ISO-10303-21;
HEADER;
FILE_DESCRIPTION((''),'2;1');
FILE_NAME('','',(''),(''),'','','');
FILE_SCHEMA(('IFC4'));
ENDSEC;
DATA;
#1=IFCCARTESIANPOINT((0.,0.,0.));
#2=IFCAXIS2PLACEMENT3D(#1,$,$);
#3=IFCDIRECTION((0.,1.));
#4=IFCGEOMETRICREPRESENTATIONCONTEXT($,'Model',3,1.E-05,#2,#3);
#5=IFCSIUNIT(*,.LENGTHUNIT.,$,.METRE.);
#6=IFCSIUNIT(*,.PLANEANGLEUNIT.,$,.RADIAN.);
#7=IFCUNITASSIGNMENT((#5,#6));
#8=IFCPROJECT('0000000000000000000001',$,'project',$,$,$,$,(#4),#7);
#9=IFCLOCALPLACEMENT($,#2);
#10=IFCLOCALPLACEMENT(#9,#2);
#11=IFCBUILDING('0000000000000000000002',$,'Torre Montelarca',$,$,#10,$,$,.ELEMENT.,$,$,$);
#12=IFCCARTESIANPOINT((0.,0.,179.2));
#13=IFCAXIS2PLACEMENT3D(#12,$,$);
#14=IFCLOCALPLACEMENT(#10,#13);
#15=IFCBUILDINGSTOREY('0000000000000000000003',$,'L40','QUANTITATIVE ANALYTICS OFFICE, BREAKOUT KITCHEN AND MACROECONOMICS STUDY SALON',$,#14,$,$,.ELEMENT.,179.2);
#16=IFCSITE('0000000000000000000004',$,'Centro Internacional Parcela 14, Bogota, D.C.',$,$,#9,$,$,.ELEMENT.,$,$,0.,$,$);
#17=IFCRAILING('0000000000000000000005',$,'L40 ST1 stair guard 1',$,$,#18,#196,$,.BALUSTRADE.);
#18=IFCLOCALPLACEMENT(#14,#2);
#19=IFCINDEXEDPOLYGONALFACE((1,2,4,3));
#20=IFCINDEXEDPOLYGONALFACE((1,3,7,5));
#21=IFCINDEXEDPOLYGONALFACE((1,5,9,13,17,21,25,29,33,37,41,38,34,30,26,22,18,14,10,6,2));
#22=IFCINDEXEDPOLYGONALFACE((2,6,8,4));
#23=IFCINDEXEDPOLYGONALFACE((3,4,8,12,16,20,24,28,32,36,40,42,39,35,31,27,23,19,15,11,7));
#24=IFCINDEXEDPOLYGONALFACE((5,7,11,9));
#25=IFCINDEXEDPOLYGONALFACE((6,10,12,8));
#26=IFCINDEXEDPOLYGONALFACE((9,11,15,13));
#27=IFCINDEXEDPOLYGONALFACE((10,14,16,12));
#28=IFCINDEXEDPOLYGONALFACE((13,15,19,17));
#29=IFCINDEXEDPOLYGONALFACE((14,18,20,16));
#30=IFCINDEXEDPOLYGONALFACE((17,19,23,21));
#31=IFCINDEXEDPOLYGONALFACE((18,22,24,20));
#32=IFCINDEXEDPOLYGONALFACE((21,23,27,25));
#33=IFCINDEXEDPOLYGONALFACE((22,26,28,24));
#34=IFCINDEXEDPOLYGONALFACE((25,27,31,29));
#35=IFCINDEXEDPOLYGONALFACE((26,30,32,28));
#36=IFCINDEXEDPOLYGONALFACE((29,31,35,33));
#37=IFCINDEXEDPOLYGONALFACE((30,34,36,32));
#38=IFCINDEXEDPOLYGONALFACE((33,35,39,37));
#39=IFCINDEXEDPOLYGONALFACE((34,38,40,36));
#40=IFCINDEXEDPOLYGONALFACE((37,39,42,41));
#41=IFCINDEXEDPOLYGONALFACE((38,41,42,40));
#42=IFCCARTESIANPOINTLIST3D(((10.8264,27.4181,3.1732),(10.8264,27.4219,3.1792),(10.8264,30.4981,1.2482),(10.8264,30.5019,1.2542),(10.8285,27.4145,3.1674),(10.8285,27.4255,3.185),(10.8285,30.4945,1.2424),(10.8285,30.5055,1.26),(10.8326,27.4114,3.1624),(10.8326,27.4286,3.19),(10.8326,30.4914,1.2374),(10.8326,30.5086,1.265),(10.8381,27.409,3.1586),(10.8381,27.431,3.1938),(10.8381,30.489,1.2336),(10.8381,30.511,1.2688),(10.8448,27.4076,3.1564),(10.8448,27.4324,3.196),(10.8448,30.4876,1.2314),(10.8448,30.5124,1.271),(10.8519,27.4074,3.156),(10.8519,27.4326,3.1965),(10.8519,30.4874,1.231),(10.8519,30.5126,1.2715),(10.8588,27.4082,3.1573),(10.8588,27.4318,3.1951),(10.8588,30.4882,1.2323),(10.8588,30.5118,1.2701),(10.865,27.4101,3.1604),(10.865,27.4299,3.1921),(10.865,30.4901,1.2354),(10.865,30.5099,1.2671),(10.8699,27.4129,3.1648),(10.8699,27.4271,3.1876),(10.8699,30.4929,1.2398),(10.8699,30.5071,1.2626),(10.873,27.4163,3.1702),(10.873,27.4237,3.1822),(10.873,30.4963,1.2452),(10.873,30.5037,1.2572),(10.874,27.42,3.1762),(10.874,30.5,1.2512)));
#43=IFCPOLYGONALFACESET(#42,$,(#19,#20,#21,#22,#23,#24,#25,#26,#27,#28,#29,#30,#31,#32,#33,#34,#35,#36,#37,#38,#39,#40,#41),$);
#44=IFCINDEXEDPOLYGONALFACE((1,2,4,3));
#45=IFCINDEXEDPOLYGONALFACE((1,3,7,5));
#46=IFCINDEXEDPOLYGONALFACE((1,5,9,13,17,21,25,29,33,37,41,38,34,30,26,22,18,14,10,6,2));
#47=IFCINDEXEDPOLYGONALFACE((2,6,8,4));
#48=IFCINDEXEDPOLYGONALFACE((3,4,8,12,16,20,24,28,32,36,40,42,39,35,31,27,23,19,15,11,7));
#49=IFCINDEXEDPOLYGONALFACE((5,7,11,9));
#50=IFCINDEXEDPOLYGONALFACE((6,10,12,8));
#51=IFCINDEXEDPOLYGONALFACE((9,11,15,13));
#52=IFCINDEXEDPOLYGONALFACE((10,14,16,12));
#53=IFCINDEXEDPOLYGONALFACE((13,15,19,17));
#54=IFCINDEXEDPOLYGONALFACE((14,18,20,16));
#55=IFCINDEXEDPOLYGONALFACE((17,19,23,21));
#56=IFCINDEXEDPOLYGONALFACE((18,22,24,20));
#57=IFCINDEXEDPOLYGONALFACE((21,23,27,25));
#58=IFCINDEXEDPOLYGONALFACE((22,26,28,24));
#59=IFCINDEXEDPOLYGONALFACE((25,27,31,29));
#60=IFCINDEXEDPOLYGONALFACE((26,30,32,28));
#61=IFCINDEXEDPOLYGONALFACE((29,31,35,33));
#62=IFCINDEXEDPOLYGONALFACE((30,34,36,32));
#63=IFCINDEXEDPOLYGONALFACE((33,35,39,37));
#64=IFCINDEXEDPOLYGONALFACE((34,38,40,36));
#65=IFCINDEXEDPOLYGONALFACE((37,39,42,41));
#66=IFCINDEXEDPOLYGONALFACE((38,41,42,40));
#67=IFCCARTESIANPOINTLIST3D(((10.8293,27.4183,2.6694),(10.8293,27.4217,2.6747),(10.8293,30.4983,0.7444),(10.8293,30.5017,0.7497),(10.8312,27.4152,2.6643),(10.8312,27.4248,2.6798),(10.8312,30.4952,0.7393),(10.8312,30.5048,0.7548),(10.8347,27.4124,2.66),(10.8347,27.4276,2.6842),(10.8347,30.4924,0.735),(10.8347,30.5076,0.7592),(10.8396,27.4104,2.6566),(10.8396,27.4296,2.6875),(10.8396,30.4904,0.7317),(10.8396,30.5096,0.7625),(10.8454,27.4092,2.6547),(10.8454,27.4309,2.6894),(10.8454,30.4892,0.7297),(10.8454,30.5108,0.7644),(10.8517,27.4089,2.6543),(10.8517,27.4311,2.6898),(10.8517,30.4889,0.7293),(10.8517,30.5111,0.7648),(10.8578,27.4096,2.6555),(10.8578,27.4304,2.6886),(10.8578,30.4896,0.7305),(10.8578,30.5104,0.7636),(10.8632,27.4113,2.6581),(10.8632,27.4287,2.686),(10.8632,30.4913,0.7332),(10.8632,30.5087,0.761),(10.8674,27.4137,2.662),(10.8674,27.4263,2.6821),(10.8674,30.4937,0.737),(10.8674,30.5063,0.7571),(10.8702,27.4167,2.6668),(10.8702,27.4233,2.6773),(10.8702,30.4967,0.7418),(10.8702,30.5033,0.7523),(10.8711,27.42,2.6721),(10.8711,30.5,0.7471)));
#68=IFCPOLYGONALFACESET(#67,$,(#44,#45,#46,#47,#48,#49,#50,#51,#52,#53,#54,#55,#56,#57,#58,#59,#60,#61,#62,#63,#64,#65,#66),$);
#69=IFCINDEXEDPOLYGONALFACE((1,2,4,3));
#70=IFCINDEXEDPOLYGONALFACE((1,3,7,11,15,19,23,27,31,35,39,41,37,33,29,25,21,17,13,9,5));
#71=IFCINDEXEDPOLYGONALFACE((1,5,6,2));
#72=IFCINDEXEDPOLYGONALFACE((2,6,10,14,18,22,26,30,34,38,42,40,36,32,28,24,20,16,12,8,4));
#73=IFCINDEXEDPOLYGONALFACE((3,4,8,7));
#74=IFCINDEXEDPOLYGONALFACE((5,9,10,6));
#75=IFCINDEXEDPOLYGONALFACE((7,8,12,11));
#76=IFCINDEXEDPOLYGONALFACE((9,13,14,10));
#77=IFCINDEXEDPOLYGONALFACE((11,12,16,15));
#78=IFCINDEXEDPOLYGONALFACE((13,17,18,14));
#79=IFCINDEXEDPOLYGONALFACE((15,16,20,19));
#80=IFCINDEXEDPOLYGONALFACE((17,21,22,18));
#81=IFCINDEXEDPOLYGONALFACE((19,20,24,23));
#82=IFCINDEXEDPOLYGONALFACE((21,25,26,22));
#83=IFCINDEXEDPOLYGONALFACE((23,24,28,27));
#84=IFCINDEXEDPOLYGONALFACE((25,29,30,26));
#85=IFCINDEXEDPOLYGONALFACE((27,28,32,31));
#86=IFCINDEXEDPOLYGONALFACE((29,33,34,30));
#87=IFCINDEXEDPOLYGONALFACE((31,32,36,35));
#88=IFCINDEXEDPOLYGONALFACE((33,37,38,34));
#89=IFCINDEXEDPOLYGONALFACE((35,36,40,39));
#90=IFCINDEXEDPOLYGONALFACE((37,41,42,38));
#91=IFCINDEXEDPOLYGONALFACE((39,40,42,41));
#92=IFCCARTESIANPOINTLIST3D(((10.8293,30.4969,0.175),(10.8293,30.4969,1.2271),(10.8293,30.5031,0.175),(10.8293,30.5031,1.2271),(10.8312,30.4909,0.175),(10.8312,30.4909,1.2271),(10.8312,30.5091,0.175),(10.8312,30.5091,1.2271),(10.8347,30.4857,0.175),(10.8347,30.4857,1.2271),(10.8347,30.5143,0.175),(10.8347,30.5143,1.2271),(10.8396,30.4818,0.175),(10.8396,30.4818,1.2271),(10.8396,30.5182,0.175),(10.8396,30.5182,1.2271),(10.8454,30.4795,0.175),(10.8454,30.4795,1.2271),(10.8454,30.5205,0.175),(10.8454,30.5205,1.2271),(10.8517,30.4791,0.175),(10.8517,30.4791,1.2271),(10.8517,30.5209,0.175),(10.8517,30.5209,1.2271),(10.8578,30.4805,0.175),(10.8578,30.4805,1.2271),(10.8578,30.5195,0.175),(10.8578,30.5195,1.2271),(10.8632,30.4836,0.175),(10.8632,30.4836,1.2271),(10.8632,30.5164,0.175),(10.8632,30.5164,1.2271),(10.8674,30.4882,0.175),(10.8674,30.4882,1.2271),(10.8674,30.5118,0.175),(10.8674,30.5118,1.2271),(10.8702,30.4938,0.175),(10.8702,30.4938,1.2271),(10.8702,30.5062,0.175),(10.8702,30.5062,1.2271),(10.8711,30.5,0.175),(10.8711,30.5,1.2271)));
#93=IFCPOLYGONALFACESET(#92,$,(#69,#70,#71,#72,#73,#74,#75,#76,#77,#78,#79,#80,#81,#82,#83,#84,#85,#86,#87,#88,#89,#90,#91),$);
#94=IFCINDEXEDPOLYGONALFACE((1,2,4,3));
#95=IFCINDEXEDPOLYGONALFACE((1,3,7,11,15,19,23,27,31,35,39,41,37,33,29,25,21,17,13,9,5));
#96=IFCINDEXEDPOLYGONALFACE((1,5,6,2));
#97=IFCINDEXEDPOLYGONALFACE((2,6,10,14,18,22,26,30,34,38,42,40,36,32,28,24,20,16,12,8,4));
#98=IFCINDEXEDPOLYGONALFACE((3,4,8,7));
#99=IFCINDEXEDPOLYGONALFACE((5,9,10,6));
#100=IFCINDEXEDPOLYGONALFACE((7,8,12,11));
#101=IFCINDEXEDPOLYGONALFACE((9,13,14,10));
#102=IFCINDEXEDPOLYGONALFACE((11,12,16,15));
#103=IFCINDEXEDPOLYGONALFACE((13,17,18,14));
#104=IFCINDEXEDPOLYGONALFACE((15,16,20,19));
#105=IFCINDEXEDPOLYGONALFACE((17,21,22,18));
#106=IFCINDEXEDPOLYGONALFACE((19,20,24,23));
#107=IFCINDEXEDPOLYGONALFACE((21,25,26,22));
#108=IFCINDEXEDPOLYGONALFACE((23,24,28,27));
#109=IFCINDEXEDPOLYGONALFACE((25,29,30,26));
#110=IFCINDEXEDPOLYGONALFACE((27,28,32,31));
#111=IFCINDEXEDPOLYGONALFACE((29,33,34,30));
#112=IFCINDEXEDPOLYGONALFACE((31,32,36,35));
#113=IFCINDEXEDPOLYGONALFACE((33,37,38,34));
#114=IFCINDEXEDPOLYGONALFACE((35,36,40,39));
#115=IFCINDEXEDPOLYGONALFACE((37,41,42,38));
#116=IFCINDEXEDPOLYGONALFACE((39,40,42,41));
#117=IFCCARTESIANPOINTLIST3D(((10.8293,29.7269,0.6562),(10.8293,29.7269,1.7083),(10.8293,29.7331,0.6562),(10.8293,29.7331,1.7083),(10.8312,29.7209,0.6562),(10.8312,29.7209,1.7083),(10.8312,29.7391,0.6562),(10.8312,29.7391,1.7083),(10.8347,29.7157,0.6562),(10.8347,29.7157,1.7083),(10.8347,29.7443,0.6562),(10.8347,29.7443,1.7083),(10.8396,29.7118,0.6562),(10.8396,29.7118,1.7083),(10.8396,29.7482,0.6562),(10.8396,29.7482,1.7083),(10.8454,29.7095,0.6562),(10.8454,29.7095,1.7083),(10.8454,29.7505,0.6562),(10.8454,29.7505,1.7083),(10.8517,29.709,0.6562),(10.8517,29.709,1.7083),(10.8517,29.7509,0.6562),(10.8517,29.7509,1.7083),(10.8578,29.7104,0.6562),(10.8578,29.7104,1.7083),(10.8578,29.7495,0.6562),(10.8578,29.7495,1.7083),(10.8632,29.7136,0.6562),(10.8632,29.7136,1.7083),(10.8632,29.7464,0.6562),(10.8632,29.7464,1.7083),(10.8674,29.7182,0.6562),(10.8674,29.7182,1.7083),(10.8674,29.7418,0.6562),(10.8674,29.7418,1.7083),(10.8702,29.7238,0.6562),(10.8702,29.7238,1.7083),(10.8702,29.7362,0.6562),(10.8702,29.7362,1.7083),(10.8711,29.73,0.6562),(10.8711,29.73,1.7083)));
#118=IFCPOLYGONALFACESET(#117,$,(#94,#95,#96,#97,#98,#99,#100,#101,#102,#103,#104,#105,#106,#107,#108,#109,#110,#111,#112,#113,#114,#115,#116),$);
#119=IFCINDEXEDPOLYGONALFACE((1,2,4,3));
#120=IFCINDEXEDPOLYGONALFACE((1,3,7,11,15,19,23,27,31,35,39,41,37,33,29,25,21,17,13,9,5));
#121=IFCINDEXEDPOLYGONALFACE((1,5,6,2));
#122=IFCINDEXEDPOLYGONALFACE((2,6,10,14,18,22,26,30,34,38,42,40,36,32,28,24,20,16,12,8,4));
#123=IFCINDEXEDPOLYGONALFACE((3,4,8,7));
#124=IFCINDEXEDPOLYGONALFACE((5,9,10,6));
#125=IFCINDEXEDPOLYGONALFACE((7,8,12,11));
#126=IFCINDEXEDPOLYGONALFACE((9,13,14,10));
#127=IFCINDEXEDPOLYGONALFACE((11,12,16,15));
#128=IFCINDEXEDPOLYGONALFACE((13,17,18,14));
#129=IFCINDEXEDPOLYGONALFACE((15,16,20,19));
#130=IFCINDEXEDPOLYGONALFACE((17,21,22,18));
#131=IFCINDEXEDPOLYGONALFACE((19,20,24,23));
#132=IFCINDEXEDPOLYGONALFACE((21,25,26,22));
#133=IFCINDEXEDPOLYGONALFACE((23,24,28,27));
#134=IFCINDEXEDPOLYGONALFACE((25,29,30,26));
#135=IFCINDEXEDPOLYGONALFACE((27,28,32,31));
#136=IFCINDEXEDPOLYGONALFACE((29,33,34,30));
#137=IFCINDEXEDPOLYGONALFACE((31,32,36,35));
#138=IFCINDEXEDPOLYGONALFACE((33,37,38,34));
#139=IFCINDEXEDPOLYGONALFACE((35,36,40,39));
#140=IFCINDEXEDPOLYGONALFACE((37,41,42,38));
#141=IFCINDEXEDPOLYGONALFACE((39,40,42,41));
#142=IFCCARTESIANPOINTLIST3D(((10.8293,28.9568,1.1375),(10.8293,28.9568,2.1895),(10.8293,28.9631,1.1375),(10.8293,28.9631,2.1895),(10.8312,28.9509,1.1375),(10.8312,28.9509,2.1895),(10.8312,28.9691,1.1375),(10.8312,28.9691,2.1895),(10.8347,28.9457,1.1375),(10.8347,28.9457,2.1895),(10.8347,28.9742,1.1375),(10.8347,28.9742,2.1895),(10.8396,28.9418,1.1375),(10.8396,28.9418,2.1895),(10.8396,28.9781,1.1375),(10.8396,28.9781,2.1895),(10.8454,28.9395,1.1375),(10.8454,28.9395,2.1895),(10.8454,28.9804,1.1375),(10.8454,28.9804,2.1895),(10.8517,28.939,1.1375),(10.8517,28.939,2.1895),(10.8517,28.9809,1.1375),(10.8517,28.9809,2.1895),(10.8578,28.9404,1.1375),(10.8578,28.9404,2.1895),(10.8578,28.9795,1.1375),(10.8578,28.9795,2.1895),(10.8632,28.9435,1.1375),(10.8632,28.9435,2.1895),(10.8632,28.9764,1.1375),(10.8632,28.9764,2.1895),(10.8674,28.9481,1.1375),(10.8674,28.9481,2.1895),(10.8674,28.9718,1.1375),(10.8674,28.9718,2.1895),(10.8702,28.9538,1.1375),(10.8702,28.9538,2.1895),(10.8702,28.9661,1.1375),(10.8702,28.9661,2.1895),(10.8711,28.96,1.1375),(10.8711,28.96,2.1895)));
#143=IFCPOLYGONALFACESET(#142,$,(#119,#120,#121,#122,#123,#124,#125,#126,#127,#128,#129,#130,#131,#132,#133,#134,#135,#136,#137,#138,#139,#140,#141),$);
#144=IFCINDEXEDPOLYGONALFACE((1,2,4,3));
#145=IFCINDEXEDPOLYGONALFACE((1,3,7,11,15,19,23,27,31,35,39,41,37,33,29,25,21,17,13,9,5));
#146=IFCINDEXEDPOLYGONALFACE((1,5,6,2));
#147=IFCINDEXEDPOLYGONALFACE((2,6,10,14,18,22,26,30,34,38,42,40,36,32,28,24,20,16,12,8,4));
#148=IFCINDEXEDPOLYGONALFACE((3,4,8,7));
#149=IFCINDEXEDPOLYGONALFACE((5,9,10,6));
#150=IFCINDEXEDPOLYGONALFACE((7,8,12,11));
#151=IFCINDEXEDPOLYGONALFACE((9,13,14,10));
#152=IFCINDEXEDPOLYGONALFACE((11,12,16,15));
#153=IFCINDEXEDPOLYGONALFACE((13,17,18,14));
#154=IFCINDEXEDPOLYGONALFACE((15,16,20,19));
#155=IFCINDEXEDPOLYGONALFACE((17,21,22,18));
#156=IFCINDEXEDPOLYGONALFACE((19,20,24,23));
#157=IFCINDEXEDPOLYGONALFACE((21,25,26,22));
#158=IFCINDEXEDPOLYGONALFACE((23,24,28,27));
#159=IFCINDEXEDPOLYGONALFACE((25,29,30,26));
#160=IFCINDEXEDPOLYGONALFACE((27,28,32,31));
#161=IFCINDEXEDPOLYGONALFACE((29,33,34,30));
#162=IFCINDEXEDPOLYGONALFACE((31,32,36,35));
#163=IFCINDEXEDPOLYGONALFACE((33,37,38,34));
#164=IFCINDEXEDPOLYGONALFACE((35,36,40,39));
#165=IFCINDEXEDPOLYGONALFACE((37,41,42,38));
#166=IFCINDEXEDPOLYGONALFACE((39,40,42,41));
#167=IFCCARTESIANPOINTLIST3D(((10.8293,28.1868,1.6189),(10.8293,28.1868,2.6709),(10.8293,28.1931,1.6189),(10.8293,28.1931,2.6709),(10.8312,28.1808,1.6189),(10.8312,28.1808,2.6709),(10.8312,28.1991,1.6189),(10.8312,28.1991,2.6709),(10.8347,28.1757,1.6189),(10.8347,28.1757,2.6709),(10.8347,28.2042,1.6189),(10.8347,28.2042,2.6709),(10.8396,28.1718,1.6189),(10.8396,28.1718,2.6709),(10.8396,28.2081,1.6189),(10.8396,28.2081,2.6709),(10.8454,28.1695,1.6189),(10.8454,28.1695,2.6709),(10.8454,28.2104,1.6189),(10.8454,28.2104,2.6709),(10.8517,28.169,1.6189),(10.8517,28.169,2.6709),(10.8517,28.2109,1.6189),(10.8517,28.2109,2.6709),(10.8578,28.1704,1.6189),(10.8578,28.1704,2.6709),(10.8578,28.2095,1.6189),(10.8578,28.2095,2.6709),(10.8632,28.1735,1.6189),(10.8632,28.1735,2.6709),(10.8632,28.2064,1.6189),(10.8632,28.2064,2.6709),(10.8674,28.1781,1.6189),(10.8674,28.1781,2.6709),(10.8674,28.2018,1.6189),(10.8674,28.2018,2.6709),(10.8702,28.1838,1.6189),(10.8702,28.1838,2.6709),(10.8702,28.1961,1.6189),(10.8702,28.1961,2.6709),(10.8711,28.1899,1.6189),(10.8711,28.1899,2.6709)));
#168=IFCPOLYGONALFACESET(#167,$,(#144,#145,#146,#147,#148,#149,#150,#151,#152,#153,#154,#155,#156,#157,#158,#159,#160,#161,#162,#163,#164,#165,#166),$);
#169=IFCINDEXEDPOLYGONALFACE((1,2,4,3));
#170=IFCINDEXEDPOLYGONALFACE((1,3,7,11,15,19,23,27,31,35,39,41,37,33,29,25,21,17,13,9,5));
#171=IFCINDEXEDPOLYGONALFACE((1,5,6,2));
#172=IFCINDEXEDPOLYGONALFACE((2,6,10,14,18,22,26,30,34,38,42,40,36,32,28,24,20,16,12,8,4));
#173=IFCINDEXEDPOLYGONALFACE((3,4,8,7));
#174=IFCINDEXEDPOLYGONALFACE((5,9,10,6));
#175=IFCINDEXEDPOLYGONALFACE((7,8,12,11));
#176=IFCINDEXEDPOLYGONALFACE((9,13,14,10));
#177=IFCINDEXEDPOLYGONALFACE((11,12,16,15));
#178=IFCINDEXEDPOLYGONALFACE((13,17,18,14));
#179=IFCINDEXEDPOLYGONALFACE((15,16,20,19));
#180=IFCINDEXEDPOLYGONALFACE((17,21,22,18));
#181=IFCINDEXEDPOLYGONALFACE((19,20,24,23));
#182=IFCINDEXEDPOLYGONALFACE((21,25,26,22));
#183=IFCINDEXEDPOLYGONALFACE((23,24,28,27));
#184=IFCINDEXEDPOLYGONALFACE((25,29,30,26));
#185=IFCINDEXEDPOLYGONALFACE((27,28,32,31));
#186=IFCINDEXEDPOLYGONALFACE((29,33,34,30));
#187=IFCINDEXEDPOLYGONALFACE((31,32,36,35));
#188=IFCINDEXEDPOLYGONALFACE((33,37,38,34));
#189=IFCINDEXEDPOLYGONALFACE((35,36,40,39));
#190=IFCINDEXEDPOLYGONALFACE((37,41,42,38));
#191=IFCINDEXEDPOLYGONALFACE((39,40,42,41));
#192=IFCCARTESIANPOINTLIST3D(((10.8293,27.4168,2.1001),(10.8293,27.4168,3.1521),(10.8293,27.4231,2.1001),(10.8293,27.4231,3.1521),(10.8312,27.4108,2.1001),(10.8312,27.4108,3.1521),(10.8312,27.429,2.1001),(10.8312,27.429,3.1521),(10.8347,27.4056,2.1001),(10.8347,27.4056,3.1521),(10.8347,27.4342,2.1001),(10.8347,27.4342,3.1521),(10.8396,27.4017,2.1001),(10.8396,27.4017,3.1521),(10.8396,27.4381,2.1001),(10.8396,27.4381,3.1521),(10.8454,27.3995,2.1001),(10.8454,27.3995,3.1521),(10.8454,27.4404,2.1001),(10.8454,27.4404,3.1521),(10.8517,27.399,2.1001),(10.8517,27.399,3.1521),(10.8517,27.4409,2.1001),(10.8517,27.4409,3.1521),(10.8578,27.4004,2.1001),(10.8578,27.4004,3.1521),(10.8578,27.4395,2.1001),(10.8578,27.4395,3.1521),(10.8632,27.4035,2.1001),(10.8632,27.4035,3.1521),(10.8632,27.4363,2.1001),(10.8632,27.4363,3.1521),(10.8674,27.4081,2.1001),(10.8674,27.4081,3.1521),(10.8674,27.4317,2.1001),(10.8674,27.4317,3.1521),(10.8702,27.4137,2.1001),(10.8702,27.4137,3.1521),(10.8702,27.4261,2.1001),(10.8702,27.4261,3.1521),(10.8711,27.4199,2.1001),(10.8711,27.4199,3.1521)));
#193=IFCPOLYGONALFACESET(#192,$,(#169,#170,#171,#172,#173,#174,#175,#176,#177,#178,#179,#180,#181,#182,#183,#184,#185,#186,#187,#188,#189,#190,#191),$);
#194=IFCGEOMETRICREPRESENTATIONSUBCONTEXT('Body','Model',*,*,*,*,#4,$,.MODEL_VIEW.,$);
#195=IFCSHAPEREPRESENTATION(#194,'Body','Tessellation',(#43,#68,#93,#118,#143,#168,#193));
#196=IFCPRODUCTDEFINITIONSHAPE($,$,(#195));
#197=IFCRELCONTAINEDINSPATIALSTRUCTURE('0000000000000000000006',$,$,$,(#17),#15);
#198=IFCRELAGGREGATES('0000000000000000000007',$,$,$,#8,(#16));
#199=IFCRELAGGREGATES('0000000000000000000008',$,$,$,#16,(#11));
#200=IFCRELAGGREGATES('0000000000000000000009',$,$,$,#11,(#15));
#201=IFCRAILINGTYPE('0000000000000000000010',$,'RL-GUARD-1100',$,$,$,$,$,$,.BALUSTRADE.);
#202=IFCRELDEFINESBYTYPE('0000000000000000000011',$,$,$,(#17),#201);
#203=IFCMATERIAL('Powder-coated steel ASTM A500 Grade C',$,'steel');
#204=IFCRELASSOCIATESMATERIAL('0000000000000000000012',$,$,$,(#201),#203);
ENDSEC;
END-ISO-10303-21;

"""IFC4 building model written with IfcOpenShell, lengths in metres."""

from ifc_helpers import new_model, si_unit, direction, frame, origin, origin_2d, place, context, subcontext, project, spatial, circle, extrude, material, type_object, element, save


model = new_model("IFC4")

# Units and contexts
model_context = context("Model", 3, precision=1e-05, world=origin(), true_north=direction((0.0, 1.0)))
body_context = subcontext(model_context, "Body", "Model", "MODEL_VIEW")
ifc_project = project(units=[si_unit("LENGTHUNIT", "METRE"), si_unit("PLANEANGLEUNIT", "RADIAN")], contexts=[model_context])

# Site, building, storey
site_placement = place(None, origin())
site = spatial("IfcSite", under=ifc_project, at=site_placement, Name="Centro Internacional Parcela 14, Bogota, D.C.", CompositionType="ELEMENT", RefElevation=0.0)
building_placement = place(site_placement, origin())
building = spatial("IfcBuilding", under=site, at=building_placement, Name="Torre Montelarca", CompositionType="ELEMENT")
storey_placement = place(building_placement, frame((0.0, 0.0, 179.2)))
storey = spatial("IfcBuildingStorey", under=building, at=storey_placement, Name="L40", Description="QUANTITATIVE ANALYTICS OFFICE, BREAKOUT KITCHEN AND MACROECONOMICS STUDY SALON", CompositionType="ELEMENT", Elevation=179.2)

# Railing
ifc_material_1 = material(Name="Powder-coated steel ASTM A500 Grade C", Category="steel")
railing_type_1 = type_object("IfcRailingType", Name="RL-GUARD-1100", PredefinedType="BALUSTRADE", material=ifc_material_1)
railing_1_placement = place(storey_placement, frame((10.8501, 30.5, 0.175)))
element("IfcRailing", 1, at=railing_1_placement, inside=storey, type_object=railing_type_1, Name="L40 ST1 stair guard 1", PredefinedType="BALUSTRADE", context=body_context, shape_type="SweptSolid", body=[
    extrude(circle(Radius=0.0239, at=origin_2d()), frame((0.0, 0.0, 1.0762), z_axis=(0.0, -0.847998, 0.529999), x_axis=(1.0, 0.0, 0.0)), (0.0, 0.0, 1.0), 3.6321),
    extrude(circle(Radius=0.021, at=origin_2d()), frame((0.0, 0.0, 0.572), z_axis=(0.0, -0.847998, 0.529999), x_axis=(1.0, 0.0, 0.0)), (0.0, 0.0, 1.0), 3.6321),
    extrude(circle(Radius=0.021, at=origin_2d()), origin(), (0.0, 0.0, 1.0), 1.052),
    extrude(circle(Radius=0.021, at=origin_2d()), frame((0.0, -0.77, 0.4812)), (0.0, 0.0, 1.0), 1.052),
    extrude(circle(Radius=0.021, at=origin_2d()), frame((0.0, -1.54, 0.9624)), (0.0, 0.0, 1.0), 1.052),
    extrude(circle(Radius=0.021, at=origin_2d()), frame((0.0, -2.3101, 1.4438)), (0.0, 0.0, 1.0), 1.052),
    extrude(circle(Radius=0.021, at=origin_2d()), frame((0.0, -3.0801, 1.925)), (0.0, 0.0, 1.0), 1.052),
])

save(model, "model.ifc")
